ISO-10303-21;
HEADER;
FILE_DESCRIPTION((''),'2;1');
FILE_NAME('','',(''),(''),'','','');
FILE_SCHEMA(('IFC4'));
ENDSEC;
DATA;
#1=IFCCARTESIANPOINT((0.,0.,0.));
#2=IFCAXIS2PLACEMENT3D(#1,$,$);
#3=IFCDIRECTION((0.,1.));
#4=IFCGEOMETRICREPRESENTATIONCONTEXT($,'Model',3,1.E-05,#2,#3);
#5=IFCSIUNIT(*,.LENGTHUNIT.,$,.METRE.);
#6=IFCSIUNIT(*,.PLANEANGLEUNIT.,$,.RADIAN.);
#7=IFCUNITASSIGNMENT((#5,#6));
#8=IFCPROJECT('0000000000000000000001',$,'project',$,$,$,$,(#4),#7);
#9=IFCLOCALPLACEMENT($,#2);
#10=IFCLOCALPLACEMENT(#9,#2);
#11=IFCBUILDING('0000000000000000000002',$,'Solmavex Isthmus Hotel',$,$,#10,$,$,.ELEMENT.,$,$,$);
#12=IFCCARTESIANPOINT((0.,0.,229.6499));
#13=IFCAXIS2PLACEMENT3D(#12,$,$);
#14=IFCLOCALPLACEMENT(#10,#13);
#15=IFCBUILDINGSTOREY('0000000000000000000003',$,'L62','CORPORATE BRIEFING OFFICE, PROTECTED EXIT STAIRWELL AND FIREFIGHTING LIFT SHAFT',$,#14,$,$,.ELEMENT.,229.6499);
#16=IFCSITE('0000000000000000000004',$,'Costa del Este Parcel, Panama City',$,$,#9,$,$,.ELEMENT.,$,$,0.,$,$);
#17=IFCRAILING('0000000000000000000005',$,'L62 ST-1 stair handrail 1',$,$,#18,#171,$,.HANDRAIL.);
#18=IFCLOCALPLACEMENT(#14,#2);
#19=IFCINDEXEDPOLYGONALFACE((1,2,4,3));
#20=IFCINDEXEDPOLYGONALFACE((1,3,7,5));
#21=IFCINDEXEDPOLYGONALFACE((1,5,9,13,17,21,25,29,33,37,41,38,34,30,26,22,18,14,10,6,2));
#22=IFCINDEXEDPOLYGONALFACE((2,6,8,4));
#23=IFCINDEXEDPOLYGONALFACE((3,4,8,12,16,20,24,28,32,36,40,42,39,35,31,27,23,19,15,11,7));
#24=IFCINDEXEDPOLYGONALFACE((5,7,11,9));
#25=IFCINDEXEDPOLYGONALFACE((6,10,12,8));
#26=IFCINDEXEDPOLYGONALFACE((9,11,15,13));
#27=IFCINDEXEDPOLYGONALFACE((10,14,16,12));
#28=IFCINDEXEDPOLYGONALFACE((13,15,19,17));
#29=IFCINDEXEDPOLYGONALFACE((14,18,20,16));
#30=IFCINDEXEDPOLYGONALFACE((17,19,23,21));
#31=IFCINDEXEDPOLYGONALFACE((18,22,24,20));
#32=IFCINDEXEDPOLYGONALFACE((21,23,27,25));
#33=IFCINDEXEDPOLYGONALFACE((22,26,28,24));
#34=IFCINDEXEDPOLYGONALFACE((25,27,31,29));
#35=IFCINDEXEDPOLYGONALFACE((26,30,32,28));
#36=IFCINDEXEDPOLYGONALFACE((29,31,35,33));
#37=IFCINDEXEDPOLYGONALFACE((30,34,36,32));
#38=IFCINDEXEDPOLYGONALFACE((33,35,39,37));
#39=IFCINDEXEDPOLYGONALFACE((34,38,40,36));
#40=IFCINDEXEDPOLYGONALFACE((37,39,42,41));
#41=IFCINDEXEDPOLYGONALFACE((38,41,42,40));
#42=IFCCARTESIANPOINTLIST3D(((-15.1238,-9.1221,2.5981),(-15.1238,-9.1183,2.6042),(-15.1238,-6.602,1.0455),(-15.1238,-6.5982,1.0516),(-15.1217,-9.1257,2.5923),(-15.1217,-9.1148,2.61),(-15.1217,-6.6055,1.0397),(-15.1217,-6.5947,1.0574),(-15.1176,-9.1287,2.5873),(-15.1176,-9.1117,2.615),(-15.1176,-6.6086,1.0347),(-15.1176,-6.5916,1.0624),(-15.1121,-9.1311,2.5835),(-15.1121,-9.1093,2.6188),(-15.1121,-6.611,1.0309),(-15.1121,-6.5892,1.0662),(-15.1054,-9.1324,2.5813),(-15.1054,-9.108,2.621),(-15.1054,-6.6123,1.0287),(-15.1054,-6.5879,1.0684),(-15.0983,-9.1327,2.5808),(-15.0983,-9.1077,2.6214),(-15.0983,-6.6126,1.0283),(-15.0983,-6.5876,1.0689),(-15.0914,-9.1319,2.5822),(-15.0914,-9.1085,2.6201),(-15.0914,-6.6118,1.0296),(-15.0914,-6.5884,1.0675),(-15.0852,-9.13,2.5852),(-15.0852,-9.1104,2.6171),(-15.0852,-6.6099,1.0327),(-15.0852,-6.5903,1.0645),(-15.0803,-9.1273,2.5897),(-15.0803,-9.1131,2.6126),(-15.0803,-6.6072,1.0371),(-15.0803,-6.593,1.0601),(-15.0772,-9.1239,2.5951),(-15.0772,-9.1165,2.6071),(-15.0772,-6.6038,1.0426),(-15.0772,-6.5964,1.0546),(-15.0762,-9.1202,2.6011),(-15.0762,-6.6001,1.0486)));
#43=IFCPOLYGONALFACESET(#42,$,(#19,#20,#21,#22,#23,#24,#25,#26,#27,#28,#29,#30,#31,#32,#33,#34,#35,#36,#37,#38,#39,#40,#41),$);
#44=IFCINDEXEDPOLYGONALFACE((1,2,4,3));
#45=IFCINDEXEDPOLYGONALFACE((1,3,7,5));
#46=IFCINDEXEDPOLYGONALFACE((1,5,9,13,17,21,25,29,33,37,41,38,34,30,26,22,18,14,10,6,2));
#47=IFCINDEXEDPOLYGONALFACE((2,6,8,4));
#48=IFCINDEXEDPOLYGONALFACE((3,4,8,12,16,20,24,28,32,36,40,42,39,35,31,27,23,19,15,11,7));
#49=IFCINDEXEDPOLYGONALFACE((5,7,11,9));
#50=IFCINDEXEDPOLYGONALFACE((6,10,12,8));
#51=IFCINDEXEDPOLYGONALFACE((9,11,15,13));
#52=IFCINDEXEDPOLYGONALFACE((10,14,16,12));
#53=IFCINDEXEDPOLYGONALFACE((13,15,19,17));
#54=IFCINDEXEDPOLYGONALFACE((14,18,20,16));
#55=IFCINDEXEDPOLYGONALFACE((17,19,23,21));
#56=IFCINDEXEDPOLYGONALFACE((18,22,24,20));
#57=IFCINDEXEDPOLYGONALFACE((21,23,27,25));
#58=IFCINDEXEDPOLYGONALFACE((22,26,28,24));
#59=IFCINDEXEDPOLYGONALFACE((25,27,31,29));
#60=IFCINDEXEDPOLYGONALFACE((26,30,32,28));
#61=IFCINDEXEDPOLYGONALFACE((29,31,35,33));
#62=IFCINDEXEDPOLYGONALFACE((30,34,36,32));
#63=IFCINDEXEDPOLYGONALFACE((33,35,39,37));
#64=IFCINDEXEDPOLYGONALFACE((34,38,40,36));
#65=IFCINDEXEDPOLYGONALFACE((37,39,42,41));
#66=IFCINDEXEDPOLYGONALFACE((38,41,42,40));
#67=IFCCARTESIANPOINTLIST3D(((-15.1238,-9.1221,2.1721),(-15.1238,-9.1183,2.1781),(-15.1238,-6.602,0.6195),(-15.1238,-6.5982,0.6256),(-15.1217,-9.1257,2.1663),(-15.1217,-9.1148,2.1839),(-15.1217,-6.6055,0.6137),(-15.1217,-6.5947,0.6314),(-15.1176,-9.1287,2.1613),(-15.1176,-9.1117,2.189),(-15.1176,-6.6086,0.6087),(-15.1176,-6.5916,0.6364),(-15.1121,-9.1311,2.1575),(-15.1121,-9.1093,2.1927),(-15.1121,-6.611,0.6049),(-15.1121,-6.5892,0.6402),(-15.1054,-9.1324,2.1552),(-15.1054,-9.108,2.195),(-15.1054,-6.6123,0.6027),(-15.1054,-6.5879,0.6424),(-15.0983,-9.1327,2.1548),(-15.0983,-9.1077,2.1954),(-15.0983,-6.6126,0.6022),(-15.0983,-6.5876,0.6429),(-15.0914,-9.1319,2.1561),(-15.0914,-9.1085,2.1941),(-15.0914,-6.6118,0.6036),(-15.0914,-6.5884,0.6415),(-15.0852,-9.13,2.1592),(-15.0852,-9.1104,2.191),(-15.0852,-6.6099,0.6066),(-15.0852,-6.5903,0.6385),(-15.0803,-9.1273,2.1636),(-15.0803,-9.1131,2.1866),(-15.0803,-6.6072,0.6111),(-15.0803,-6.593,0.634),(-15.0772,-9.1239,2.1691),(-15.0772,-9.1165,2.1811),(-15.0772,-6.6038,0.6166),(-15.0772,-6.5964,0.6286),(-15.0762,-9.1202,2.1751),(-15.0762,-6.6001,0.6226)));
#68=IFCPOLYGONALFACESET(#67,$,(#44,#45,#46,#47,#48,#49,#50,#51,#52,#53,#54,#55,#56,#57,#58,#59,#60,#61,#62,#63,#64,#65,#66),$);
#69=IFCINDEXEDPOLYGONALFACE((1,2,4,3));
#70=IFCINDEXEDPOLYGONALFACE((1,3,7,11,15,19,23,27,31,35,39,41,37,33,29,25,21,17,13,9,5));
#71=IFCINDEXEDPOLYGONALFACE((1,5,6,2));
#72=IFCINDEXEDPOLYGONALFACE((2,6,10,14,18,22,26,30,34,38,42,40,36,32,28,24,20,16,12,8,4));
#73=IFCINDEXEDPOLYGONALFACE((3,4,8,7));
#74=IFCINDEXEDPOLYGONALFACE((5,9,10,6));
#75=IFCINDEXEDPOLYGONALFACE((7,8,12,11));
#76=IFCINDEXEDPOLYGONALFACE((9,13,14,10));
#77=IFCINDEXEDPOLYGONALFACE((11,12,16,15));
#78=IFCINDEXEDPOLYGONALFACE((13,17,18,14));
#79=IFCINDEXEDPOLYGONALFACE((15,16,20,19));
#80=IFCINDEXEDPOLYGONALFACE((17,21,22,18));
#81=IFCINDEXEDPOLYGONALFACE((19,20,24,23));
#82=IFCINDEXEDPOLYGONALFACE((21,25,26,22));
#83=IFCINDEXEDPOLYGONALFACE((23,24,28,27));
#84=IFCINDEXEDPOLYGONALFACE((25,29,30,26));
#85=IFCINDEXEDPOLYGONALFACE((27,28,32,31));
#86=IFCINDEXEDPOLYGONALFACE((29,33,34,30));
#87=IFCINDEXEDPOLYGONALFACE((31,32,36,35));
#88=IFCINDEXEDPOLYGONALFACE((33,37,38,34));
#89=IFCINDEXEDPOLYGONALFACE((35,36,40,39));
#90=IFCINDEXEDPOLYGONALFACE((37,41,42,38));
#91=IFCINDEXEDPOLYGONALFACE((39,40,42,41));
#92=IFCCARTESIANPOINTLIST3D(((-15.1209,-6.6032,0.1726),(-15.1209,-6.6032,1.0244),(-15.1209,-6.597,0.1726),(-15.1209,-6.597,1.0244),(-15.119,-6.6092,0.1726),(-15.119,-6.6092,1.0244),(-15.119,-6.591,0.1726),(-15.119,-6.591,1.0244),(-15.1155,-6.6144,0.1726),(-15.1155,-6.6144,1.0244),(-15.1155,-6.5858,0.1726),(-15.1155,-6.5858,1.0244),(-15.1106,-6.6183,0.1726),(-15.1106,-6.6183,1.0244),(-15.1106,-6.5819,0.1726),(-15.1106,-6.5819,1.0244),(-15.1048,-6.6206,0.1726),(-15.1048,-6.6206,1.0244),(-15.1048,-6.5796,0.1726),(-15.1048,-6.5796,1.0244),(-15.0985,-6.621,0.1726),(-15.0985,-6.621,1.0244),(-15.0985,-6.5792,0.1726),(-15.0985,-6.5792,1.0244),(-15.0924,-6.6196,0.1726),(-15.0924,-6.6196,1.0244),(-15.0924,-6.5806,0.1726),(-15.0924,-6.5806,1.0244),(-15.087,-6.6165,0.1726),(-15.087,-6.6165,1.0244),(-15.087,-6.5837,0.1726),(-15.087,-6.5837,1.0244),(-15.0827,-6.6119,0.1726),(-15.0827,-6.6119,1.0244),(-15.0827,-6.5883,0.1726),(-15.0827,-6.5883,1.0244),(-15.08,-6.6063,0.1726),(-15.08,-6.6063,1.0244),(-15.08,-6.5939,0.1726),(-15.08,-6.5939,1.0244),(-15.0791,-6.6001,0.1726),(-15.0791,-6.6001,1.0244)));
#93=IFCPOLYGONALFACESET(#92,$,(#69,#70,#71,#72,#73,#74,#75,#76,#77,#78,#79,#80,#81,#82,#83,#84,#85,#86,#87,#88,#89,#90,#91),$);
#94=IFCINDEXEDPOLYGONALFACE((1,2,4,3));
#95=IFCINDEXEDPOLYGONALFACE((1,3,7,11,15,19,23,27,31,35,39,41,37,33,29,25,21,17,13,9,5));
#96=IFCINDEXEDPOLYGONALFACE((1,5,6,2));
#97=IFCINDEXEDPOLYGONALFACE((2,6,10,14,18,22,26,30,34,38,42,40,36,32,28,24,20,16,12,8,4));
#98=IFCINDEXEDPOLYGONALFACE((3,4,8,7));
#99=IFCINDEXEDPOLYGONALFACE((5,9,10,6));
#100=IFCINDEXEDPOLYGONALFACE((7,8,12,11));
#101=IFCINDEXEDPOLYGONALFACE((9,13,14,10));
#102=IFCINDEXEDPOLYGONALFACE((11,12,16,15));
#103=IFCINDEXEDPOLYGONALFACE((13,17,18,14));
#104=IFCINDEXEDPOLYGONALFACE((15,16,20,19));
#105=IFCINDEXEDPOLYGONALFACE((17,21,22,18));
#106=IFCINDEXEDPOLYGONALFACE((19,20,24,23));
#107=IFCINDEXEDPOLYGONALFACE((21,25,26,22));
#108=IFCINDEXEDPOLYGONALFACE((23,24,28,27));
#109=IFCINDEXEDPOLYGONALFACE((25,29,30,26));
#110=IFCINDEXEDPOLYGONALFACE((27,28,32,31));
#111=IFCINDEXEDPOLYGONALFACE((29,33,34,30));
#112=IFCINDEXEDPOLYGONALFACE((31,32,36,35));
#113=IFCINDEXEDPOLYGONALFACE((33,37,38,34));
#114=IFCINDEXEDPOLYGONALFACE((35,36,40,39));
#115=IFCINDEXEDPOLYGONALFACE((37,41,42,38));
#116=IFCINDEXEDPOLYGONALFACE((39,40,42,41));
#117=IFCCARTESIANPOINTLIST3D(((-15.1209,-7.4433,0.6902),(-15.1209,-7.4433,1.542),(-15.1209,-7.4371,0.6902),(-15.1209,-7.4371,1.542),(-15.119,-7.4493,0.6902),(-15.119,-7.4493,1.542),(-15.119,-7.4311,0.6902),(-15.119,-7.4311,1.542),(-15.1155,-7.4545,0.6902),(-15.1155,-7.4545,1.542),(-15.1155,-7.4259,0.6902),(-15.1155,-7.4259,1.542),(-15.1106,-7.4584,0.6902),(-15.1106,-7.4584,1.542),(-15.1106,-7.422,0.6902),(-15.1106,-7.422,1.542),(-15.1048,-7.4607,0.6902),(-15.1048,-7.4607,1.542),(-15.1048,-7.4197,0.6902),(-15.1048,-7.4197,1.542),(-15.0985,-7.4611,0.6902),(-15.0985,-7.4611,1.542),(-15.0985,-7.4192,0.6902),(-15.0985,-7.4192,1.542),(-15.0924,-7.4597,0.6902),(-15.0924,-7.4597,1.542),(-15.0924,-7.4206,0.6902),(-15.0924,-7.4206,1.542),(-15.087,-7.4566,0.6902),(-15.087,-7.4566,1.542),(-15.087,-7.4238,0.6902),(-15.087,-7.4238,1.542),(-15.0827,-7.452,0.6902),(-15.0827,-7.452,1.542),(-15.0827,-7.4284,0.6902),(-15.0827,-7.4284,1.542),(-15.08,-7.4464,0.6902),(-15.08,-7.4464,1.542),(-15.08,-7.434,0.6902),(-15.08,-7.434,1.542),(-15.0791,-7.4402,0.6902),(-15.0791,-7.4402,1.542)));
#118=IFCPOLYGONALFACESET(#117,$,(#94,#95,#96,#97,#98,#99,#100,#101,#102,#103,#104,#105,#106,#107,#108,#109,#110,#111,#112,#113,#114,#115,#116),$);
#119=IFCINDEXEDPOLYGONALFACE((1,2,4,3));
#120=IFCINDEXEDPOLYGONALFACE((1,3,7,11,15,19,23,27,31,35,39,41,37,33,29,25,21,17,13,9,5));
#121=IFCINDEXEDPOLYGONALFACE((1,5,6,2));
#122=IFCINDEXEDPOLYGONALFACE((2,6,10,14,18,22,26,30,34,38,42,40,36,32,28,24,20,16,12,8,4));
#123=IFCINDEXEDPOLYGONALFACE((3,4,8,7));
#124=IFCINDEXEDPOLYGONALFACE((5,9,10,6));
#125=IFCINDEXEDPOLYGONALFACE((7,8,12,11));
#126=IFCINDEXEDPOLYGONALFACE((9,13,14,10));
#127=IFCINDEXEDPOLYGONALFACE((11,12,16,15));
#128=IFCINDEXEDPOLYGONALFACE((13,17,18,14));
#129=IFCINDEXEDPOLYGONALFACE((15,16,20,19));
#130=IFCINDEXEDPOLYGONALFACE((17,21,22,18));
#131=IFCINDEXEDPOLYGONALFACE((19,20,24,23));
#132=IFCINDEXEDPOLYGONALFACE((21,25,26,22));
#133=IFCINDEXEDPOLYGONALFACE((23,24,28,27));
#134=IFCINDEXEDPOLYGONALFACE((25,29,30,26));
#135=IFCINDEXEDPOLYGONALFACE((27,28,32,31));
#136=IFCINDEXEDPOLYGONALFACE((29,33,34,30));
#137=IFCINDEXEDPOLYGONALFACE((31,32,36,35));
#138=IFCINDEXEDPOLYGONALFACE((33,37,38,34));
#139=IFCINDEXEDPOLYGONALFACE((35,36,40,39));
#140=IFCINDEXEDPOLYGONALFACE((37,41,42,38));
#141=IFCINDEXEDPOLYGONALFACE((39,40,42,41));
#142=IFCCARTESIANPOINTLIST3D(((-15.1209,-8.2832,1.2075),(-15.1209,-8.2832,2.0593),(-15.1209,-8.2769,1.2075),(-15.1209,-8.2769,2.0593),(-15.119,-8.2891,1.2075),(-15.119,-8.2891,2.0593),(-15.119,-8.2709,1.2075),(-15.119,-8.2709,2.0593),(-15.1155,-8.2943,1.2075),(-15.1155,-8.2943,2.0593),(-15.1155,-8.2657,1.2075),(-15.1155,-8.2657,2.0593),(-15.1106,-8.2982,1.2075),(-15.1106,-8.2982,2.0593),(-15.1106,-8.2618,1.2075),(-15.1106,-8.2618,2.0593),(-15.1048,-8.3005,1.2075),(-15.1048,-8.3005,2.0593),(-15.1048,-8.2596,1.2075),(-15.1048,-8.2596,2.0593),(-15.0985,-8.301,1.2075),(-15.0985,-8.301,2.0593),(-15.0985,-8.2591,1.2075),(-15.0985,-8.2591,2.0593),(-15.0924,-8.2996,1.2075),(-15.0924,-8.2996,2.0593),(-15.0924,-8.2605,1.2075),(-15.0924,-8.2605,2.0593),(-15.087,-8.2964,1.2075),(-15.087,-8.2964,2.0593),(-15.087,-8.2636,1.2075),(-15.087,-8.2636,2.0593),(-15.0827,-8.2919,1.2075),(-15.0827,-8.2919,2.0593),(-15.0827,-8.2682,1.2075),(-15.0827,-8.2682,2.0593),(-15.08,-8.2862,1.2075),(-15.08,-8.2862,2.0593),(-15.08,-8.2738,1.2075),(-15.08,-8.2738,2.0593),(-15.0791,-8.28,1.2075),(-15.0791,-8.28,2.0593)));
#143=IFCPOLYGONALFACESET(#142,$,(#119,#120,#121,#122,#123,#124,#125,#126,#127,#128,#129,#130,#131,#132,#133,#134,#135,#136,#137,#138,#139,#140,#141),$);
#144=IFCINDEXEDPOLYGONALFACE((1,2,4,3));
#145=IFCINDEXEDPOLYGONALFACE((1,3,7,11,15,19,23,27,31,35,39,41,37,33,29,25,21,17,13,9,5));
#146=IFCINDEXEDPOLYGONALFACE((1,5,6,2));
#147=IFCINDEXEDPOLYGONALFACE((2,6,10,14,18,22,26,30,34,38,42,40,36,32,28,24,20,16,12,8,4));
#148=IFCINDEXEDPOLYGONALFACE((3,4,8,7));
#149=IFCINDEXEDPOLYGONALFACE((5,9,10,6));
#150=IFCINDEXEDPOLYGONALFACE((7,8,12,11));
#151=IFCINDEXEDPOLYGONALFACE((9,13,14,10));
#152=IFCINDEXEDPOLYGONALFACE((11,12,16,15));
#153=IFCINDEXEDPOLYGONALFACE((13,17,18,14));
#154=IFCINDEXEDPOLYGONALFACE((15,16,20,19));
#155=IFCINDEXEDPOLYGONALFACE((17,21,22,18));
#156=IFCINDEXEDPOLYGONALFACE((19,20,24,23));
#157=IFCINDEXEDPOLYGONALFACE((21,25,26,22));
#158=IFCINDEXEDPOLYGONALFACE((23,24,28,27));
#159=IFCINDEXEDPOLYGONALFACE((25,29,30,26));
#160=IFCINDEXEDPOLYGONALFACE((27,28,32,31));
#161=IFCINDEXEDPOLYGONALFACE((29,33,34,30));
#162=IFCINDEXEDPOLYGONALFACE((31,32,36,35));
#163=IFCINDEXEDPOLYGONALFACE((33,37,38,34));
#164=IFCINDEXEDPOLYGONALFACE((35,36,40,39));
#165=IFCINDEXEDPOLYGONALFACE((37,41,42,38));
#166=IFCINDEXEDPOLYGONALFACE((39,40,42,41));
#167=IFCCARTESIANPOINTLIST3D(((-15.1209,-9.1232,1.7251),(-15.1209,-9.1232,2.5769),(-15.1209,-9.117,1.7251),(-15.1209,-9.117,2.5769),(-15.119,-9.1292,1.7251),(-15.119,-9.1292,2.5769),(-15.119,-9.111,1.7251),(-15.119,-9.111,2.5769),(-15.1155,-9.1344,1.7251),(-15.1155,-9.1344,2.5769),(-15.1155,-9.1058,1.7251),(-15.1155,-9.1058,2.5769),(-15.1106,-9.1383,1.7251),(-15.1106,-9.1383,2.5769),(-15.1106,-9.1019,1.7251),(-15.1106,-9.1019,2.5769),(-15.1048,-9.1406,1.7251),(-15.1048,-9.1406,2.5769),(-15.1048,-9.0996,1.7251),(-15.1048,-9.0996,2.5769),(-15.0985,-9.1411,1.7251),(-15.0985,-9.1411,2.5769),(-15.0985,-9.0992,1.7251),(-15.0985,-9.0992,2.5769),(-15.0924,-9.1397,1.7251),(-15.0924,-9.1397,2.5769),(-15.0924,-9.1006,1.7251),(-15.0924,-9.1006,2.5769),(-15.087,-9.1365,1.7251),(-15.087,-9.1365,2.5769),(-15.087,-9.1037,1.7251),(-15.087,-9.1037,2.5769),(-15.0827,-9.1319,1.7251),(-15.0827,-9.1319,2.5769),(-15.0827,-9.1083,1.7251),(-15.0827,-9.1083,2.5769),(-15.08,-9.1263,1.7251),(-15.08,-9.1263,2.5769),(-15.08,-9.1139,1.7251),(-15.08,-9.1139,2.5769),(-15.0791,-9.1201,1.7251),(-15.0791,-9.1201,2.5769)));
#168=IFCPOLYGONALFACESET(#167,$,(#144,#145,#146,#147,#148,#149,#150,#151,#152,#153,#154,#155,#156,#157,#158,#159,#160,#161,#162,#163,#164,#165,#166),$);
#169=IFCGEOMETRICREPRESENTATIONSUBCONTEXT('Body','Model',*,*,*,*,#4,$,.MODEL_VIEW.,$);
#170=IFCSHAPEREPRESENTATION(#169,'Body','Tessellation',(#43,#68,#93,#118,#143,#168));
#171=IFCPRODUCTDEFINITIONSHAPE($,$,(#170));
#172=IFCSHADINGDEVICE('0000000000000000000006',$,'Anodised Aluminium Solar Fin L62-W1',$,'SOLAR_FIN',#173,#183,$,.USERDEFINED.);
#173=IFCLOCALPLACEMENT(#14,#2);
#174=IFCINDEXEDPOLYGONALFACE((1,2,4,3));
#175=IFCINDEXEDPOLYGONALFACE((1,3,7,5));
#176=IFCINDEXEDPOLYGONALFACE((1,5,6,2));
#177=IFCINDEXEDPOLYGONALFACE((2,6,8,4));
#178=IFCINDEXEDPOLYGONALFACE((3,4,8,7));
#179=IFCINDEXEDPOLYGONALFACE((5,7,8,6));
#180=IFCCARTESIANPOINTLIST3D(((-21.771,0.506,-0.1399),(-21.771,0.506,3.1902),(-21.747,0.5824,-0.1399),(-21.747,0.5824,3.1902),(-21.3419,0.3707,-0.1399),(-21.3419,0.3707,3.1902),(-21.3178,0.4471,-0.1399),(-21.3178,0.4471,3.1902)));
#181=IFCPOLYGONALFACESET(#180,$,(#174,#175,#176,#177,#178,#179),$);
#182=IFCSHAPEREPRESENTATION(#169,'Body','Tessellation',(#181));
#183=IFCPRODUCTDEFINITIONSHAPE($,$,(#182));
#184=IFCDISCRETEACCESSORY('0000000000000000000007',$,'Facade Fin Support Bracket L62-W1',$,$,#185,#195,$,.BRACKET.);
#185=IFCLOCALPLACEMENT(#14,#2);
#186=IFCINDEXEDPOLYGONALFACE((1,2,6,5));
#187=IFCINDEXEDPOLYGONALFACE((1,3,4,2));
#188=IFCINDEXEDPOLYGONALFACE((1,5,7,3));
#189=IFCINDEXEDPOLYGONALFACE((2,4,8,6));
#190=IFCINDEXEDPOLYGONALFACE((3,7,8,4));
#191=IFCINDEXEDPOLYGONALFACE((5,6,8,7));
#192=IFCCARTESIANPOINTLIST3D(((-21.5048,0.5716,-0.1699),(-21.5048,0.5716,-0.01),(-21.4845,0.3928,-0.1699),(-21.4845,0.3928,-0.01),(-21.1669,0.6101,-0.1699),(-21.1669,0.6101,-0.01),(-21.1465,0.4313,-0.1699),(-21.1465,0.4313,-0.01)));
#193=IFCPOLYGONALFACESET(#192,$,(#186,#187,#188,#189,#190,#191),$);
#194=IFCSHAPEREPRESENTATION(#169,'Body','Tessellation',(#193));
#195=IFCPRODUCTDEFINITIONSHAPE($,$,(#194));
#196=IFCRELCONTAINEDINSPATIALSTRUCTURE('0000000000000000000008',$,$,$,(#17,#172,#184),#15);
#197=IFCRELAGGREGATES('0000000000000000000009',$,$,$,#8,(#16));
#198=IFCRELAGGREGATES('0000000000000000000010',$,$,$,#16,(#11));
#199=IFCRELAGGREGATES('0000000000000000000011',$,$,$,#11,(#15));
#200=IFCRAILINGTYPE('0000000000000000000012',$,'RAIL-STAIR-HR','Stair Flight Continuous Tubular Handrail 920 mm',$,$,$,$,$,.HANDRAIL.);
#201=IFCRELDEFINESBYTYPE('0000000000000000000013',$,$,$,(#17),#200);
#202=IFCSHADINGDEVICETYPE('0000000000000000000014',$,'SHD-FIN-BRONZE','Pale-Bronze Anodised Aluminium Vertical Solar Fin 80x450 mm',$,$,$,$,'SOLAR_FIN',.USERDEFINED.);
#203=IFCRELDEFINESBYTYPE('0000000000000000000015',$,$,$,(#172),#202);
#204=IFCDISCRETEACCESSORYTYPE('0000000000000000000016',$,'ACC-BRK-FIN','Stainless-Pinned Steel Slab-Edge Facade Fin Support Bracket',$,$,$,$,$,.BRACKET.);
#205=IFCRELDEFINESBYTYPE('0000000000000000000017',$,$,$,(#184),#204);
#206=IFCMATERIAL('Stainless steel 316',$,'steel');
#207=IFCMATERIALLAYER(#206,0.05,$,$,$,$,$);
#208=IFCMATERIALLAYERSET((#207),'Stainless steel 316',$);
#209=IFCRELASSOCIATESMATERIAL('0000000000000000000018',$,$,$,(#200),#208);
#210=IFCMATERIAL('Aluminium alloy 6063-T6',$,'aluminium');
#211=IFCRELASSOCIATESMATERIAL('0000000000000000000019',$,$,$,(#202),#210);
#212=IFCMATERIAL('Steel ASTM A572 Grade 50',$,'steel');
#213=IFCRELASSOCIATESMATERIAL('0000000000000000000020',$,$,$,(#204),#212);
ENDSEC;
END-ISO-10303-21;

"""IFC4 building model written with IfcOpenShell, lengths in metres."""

from ifc_helpers import new_model, si_unit, direction, frame, origin, origin_2d, place, context, subcontext, project, spatial, rectangle, circle, extrude, material, layer, layer_set, type_object, element, save


model = new_model("IFC4")

# Units and contexts
model_context = context("Model", 3, precision=1e-05, world=origin(), true_north=direction((0.0, 1.0)))
body_context = subcontext(model_context, "Body", "Model", "MODEL_VIEW")
ifc_project = project(units=[si_unit("LENGTHUNIT", "METRE"), si_unit("PLANEANGLEUNIT", "RADIAN")], contexts=[model_context])

# Site, building, storey
site_placement = place(None, origin())
site = spatial("IfcSite", under=ifc_project, at=site_placement, Name="Costa del Este Parcel, Panama City", CompositionType="ELEMENT", RefElevation=0.0)
building_placement = place(site_placement, origin())
building = spatial("IfcBuilding", under=site, at=building_placement, Name="Solmavex Isthmus Hotel", CompositionType="ELEMENT")
storey_placement = place(building_placement, frame((0.0, 0.0, 229.6499)))
storey = spatial("IfcBuildingStorey", under=building, at=storey_placement, Name="L62", Description="CORPORATE BRIEFING OFFICE, PROTECTED EXIT STAIRWELL AND FIREFIGHTING LIFT SHAFT", CompositionType="ELEMENT", Elevation=229.6499)

# Shared definitions
ifc_material_1 = material(Name="Aluminium alloy 6063-T6", Category="aluminium")

# Railing
ifc_material_2 = material(Name="Stainless steel 316", Category="steel")
ifc_layer_1 = layer(ifc_material_2, 0.05)
ifc_layer_set_1 = layer_set([ifc_layer_1], Name="Stainless steel 316")
railing_type_1 = type_object("IfcRailingType", Name="RAIL-STAIR-HR", Description="Stair Flight Continuous Tubular Handrail 920 mm", PredefinedType="HANDRAIL", material=ifc_layer_set_1)
railing_1_placement = place(storey_placement, frame((-15.1001, -6.6001, 0.1726)))
element("IfcRailing", 1, at=railing_1_placement, inside=storey, type_object=railing_type_1, Name="L62 ST-1 stair handrail 1", PredefinedType="HANDRAIL", context=body_context, shape_type="SweptSolid", body=[
    extrude(circle(Radius=0.0239, at=origin_2d()), frame((0.0, 0.0, 0.876), z_axis=(0.0, -0.8514, 0.524516), x_axis=(1.0, 0.0, 0.0)), (0.0, 0.0, 1.0), 2.96),
    extrude(circle(Radius=0.0239, at=origin_2d()), frame((0.0, 0.0, 0.45), z_axis=(0.0, -0.8514, 0.524516), x_axis=(1.0, 0.0, 0.0)), (0.0, 0.0, 1.0), 2.96),
    extrude(circle(Radius=0.021, at=origin_2d()), origin(), (0.0, 0.0, 1.0), 0.8518),
    extrude(circle(Radius=0.021, at=origin_2d()), frame((0.0, -0.8401, 0.5176)), (0.0, 0.0, 1.0), 0.8518),
    extrude(circle(Radius=0.021, at=origin_2d()), frame((0.0, -1.6799, 1.0349)), (0.0, 0.0, 1.0), 0.8518),
    extrude(circle(Radius=0.021, at=origin_2d()), frame((0.0, -2.52, 1.5525)), (0.0, 0.0, 1.0), 0.8518),
])

# Shading device
shading_device_type = type_object("IfcShadingDeviceType", Name="SHD-FIN-BRONZE", Description="Pale-Bronze Anodised Aluminium Vertical Solar Fin 80x450 mm", ElementType="SOLAR_FIN", PredefinedType="USERDEFINED", material=ifc_material_1)
shading_device_placement = place(storey_placement, frame((-21.5444, 0.4766, -0.1399), z_axis=(0.0, 0.0, 1.0), x_axis=(-0.953717, 0.300706, 0.0)))
element("IfcShadingDevice", 2, at=shading_device_placement, inside=storey, type_object=shading_device_type, Name="Anodised Aluminium Solar Fin L62-W1", ObjectType="SOLAR_FIN", PredefinedType="USERDEFINED", context=body_context, shape_type="SweptSolid", body=[
    extrude(rectangle(XDim=0.45, YDim=0.0801, at=origin_2d()), origin(), (0.0, 0.0, 1.0), 3.3301),
])

# Discrete accessory
ifc_material_3 = material(Name="Steel ASTM A572 Grade 50", Category="steel")
discrete_accessory_type = type_object("IfcDiscreteAccessoryType", Name="ACC-BRK-FIN", Description="Stainless-Pinned Steel Slab-Edge Facade Fin Support Bracket", PredefinedType="BRACKET", material=ifc_material_3)
discrete_accessory_placement = place(storey_placement, frame((-21.3257, 0.5015, -0.1699), z_axis=(0.0, 0.0, 1.0), x_axis=(-0.993572, -0.113203, 0.0)))
element("IfcDiscreteAccessory", 3, at=discrete_accessory_placement, inside=storey, type_object=discrete_accessory_type, Name="Facade Fin Support Bracket L62-W1", PredefinedType="BRACKET", context=body_context, shape_type="SweptSolid", body=[
    extrude(rectangle(XDim=0.3401, YDim=0.1799, at=origin_2d()), origin(), (0.0, 0.0, 1.0), 0.1599),
])

save(model, "model.ifc")
